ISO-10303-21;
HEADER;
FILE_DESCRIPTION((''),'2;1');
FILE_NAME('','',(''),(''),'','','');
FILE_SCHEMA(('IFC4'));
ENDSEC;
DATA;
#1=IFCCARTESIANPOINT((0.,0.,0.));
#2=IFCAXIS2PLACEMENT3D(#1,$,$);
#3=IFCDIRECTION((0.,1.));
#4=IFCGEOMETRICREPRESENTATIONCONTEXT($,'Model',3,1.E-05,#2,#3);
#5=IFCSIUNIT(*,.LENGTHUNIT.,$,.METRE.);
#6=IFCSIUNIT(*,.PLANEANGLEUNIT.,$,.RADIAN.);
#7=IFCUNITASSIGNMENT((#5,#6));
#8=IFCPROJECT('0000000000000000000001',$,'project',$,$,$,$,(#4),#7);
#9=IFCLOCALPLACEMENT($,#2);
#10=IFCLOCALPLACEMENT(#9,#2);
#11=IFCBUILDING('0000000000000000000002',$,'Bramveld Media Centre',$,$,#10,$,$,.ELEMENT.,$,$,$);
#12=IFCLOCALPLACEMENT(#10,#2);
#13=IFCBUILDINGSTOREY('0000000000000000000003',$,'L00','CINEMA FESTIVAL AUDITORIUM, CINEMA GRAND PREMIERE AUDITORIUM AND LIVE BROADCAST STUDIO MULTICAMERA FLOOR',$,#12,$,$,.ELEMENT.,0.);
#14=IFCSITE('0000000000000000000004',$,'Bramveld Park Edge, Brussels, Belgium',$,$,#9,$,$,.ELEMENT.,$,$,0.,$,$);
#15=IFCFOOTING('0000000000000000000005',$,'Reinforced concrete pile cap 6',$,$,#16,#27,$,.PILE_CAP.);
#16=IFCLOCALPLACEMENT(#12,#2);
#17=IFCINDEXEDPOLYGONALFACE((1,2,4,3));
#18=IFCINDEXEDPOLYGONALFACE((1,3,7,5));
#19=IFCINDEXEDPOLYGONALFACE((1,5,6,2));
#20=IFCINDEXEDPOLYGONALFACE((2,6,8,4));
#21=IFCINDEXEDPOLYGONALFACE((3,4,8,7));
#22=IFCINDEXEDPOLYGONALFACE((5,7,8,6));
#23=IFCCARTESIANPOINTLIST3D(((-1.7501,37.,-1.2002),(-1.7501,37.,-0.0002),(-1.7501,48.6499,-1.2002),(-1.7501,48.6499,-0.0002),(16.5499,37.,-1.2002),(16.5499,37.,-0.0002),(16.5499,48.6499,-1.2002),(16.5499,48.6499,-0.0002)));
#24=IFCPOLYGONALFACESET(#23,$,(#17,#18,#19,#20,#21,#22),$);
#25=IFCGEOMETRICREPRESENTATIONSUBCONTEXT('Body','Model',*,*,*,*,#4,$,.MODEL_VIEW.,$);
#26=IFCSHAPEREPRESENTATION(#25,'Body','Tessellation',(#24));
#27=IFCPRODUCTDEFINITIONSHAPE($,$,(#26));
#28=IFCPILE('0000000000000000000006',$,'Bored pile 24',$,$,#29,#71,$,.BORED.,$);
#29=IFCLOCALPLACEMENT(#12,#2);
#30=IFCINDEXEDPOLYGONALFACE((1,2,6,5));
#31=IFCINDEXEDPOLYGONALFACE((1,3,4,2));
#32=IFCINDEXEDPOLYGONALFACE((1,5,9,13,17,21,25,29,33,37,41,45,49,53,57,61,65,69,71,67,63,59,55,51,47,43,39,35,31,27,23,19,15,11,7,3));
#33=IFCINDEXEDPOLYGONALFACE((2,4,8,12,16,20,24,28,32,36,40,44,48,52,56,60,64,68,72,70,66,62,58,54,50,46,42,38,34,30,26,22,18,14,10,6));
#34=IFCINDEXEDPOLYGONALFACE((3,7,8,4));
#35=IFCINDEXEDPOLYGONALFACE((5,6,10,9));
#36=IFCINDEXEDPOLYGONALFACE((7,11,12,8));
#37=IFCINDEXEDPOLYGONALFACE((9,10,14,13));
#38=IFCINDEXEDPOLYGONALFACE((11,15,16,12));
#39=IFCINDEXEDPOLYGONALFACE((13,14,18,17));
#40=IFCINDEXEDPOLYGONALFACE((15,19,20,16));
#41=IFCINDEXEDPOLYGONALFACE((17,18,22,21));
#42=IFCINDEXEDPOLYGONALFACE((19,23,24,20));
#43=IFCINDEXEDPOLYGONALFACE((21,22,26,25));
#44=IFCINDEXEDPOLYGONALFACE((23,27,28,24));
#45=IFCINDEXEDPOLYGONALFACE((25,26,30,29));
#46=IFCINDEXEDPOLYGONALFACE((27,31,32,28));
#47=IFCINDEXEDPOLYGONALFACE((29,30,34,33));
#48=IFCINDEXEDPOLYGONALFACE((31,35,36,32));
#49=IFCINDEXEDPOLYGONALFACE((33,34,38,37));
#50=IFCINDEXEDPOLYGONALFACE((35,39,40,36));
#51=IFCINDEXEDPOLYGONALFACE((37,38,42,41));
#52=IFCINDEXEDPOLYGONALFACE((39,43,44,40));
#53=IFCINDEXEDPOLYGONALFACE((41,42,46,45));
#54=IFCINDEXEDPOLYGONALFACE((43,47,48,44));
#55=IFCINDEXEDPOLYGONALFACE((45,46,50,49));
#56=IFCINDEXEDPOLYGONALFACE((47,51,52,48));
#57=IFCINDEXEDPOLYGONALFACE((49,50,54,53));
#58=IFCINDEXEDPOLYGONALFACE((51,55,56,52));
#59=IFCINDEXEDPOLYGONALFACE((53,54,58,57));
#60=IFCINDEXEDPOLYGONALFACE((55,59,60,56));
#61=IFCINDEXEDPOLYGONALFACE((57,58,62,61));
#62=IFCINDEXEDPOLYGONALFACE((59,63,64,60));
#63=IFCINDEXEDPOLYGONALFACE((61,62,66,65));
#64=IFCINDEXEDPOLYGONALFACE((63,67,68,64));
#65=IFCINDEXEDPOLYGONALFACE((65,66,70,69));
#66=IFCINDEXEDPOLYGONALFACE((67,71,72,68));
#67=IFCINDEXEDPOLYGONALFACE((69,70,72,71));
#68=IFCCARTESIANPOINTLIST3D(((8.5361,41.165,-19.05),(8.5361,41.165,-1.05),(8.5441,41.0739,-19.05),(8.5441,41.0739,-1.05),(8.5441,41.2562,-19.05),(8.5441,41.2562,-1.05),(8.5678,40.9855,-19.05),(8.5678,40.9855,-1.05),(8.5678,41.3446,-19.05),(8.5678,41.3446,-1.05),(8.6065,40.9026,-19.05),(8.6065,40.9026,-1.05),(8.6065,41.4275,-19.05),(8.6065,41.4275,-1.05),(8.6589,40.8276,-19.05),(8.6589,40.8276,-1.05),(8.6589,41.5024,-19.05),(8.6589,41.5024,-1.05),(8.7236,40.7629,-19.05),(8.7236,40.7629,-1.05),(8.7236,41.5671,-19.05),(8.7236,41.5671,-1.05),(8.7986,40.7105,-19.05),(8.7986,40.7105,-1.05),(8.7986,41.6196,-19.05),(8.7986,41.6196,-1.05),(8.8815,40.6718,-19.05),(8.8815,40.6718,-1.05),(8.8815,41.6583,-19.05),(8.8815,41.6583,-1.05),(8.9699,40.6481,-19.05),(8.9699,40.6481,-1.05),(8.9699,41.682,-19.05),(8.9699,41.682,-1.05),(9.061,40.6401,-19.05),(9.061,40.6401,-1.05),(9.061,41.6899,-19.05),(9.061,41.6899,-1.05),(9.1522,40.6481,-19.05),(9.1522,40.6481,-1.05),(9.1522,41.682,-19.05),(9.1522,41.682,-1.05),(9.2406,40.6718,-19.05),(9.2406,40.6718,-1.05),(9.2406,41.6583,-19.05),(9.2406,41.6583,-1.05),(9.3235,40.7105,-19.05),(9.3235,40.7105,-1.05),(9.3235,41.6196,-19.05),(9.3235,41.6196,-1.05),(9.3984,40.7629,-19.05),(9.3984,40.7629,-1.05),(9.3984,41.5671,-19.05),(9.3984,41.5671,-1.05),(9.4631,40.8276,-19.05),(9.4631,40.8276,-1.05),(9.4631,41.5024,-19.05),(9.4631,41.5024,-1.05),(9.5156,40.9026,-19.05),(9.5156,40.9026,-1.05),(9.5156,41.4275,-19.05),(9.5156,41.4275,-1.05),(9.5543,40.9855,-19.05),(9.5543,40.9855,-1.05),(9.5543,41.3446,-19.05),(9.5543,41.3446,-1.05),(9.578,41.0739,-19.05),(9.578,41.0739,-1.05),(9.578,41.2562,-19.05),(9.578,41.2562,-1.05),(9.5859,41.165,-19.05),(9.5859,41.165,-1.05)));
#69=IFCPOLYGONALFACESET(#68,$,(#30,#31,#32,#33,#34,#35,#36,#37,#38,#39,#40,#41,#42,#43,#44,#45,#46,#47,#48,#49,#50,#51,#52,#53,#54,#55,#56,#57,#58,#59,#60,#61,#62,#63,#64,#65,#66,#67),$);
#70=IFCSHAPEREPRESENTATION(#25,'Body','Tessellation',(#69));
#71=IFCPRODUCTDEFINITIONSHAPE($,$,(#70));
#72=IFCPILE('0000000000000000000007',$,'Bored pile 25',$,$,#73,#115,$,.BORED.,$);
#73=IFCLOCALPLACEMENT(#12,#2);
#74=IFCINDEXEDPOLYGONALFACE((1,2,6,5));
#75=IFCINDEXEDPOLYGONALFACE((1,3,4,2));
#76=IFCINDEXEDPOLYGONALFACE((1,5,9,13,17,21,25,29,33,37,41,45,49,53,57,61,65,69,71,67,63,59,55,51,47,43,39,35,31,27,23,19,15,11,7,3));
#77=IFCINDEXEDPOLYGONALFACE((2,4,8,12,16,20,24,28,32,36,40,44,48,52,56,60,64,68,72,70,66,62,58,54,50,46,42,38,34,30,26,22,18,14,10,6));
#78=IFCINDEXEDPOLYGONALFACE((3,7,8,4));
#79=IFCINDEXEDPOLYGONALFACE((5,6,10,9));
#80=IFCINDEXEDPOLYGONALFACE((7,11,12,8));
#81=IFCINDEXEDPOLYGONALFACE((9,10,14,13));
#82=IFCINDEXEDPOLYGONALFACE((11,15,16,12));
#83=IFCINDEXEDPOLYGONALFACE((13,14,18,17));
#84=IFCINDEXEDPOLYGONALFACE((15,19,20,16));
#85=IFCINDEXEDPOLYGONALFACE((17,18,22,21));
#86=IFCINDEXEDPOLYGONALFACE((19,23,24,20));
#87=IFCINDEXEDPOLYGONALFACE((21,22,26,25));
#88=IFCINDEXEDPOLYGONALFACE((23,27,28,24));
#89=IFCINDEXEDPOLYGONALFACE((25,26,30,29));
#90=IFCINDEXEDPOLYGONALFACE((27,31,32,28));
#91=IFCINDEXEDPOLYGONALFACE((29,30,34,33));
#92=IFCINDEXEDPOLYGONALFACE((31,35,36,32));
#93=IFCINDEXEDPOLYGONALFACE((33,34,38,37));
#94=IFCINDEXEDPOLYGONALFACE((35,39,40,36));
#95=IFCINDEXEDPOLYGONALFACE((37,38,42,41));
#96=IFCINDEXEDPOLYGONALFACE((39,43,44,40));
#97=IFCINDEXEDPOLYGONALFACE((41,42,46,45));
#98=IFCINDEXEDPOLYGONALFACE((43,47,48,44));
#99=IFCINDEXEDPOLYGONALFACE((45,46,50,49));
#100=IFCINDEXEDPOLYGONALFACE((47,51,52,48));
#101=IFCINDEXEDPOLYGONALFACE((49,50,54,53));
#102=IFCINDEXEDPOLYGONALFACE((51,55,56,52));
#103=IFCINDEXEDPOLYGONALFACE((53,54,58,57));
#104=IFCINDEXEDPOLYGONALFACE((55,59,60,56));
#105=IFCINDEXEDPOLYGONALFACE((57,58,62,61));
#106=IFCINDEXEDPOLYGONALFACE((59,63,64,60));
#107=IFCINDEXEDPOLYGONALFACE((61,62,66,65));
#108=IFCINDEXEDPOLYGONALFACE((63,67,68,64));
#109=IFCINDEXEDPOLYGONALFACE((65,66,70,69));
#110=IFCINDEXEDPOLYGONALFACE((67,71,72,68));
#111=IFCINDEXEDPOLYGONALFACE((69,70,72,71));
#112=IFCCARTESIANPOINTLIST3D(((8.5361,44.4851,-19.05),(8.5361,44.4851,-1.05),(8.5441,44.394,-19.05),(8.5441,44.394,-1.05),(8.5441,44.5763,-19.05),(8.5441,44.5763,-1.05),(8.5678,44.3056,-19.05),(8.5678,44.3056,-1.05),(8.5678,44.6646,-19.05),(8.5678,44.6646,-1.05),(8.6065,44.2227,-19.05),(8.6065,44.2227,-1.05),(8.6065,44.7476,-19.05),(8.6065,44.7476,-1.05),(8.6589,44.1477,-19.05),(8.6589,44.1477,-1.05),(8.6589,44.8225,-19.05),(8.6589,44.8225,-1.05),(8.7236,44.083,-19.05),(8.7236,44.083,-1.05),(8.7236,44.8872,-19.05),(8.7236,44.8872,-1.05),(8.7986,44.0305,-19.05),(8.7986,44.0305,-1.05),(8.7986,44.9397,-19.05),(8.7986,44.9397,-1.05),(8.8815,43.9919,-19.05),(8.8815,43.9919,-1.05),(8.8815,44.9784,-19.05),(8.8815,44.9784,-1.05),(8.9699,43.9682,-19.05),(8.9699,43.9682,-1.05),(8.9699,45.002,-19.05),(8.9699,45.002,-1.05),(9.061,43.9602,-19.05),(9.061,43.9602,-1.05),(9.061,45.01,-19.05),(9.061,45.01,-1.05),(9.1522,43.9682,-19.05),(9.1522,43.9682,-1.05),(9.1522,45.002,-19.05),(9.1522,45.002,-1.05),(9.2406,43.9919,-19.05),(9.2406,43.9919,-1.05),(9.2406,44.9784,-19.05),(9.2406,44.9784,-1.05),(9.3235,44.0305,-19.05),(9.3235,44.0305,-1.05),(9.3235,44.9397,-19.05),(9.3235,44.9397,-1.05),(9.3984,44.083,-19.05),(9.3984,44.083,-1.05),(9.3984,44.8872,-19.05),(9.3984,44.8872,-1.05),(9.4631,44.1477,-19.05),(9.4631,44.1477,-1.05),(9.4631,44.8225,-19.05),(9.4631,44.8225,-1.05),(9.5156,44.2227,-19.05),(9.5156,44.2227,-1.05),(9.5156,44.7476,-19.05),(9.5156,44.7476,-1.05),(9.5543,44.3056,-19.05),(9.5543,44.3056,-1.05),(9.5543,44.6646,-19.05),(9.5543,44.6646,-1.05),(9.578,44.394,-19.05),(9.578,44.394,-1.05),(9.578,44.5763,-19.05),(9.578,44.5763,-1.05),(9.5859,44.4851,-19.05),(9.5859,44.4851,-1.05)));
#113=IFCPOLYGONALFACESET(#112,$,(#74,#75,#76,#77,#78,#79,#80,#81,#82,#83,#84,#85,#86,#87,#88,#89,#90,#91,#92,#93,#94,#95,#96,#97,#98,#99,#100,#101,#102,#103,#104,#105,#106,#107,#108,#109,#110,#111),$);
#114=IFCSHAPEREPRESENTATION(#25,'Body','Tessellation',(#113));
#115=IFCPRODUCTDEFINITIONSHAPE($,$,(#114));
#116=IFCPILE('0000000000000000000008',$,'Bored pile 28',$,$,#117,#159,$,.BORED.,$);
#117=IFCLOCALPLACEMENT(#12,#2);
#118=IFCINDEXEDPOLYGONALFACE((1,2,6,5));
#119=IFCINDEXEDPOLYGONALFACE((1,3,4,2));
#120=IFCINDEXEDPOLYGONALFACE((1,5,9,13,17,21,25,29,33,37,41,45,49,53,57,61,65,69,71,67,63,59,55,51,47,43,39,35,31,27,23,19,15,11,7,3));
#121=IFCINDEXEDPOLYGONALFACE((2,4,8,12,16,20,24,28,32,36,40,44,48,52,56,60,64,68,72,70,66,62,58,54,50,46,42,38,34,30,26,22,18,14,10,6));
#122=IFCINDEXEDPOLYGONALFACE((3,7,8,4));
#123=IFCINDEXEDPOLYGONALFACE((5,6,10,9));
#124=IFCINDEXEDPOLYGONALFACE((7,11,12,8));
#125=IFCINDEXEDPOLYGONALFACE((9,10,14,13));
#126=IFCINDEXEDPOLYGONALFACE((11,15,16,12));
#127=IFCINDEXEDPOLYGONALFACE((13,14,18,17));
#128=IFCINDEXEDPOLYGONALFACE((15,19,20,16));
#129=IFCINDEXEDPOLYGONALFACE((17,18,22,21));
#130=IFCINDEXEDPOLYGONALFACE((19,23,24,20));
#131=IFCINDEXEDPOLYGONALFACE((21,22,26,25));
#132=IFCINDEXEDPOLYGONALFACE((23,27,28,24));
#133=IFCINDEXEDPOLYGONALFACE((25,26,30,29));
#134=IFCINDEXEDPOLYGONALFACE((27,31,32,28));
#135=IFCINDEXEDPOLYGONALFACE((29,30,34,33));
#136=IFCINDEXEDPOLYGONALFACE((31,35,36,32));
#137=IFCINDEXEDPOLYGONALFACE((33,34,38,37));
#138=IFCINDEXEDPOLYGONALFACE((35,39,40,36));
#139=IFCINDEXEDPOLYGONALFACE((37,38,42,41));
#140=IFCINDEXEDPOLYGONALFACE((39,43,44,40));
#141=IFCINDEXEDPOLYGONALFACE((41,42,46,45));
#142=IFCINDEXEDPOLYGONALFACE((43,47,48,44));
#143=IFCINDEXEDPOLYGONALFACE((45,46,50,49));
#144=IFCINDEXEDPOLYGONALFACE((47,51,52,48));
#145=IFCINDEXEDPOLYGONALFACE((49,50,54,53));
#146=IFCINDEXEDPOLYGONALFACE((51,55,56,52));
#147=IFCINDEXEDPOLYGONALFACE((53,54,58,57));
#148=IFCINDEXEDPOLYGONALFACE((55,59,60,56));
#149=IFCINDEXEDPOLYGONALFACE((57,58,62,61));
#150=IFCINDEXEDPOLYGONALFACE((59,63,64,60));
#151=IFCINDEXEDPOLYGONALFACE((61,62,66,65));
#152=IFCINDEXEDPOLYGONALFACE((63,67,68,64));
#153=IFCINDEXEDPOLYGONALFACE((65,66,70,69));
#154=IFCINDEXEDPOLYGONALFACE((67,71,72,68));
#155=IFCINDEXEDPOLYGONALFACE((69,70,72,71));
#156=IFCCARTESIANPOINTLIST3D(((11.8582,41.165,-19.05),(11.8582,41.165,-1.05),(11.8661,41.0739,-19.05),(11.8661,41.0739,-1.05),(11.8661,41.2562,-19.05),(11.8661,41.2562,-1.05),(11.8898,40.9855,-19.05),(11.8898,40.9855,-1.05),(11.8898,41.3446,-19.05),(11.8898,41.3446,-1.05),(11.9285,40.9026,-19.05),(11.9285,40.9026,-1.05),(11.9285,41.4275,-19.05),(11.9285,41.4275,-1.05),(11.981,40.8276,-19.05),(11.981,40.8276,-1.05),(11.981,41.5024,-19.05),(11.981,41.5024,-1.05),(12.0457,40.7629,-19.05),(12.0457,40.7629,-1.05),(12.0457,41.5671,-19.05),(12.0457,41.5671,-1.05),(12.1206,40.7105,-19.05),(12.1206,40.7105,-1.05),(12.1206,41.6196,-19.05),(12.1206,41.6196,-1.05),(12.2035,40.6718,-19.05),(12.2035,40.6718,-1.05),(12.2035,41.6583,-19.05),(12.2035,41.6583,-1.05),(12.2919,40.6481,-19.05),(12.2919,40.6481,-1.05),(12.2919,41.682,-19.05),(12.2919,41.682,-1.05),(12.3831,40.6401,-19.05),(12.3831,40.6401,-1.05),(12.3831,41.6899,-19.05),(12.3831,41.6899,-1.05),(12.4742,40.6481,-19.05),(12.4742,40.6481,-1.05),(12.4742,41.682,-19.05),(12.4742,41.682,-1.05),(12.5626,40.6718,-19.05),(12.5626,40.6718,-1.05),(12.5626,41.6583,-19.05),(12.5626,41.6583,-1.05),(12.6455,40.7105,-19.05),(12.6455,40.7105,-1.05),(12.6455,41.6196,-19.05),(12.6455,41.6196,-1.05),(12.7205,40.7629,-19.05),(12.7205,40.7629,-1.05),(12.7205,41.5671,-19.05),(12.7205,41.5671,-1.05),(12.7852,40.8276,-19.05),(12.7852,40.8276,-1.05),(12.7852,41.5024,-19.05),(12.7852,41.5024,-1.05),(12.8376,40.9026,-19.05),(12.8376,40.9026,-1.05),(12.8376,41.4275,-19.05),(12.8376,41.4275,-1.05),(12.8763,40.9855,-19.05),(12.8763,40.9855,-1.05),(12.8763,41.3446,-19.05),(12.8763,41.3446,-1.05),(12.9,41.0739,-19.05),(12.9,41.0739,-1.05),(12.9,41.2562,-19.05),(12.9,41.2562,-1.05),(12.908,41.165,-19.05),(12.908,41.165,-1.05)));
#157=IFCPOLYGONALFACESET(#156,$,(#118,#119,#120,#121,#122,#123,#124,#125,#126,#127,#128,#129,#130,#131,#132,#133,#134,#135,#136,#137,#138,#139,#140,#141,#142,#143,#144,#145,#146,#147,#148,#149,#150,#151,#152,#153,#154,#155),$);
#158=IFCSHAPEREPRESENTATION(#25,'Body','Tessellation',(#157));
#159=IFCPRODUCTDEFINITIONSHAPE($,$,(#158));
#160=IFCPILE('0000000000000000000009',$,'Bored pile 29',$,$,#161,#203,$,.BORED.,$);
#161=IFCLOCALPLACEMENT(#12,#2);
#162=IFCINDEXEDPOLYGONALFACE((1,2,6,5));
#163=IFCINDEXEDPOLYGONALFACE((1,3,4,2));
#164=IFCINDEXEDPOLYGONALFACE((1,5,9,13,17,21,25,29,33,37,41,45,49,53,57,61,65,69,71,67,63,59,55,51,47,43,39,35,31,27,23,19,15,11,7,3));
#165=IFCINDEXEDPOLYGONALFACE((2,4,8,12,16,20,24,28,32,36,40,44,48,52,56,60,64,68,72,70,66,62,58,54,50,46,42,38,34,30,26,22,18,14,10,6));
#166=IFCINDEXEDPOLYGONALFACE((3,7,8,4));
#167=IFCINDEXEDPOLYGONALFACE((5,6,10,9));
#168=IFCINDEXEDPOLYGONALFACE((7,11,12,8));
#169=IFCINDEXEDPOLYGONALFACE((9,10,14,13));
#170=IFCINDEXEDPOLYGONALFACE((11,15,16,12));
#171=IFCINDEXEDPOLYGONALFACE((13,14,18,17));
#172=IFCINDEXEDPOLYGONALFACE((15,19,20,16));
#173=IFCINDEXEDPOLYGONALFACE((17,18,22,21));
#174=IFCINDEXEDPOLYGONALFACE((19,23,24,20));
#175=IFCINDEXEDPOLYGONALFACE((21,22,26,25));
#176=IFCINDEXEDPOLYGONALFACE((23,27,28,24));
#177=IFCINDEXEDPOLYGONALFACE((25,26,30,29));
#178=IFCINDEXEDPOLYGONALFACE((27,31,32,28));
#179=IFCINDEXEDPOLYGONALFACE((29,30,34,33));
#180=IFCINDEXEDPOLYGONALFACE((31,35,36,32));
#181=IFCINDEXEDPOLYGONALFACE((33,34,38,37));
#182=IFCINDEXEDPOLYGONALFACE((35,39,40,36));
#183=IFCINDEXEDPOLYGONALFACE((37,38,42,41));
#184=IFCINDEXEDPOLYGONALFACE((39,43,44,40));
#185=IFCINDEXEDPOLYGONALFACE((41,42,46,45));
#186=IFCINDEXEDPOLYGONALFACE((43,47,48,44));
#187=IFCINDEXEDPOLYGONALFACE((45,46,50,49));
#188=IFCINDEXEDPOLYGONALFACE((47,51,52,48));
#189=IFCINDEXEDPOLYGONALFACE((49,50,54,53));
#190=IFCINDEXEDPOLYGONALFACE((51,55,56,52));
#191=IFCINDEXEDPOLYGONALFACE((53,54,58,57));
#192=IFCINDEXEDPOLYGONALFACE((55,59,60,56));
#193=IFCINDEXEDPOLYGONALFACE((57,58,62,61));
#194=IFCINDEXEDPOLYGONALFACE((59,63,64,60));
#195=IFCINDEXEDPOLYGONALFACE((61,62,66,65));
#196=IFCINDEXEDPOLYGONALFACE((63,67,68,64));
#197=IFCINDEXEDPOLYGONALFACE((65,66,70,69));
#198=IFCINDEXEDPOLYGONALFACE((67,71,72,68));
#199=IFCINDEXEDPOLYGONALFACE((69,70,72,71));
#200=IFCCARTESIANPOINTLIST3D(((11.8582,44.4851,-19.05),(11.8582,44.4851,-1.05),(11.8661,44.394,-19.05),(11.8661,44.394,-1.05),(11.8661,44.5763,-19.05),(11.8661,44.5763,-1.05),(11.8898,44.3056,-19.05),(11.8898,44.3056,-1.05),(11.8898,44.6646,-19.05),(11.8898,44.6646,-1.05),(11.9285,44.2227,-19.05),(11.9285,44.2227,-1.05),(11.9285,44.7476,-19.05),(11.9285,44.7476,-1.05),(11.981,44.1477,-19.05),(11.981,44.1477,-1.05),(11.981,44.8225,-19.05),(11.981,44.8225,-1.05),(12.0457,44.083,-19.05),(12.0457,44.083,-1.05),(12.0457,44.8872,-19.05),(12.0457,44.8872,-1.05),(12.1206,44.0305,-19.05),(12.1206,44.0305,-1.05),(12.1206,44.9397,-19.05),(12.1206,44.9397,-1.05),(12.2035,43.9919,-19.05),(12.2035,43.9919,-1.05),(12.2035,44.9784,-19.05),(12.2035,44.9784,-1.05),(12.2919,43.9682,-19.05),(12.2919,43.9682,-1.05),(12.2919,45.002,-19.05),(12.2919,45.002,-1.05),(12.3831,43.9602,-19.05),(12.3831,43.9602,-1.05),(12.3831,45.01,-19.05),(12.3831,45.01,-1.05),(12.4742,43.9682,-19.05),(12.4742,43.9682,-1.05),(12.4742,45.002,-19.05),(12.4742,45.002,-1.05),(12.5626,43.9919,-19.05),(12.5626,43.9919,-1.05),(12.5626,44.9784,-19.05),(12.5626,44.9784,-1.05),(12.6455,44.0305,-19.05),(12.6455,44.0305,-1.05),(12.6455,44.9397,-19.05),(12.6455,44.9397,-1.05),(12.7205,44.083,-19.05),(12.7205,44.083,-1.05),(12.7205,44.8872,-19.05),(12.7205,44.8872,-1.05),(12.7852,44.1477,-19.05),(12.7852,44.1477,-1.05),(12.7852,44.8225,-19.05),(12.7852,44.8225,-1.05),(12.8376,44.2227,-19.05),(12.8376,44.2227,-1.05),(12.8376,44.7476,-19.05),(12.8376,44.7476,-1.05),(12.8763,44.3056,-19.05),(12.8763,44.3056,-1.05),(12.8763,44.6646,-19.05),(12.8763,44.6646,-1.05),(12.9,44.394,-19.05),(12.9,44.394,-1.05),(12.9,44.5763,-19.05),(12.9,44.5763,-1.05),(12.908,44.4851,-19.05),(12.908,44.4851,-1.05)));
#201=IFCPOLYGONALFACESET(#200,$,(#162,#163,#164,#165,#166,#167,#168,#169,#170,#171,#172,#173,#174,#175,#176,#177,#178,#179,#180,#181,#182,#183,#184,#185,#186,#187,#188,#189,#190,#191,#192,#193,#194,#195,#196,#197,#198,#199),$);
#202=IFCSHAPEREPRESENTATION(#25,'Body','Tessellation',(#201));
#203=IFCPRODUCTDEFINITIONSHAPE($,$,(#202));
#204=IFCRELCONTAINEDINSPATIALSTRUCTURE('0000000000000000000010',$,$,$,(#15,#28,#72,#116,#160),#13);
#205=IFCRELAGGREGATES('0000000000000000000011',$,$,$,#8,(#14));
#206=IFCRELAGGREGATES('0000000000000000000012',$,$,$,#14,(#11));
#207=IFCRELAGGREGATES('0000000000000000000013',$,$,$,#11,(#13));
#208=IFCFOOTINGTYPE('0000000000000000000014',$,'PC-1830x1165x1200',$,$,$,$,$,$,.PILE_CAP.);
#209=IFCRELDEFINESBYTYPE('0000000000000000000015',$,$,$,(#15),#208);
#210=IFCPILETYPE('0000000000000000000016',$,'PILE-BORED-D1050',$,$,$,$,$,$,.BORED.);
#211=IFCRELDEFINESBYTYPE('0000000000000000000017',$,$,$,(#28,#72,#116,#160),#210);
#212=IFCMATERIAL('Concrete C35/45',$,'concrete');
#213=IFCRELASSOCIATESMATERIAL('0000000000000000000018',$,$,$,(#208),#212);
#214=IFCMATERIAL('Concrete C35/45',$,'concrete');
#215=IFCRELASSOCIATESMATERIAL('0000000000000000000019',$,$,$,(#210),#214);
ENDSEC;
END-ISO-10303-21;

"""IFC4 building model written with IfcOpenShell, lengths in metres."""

from ifc_helpers import new_model, si_unit, direction, frame, origin, origin_2d, place, context, subcontext, project, spatial, rectangle, circle, extrude, material, material_profile, profile_set, type_object, element, save


model = new_model("IFC4")

# Units and contexts
model_context = context("Model", 3, precision=1e-05, world=origin(), true_north=direction((0.0, 1.0)))
body_context = subcontext(model_context, "Body", "Model", "MODEL_VIEW")
ifc_project = project(units=[si_unit("LENGTHUNIT", "METRE"), si_unit("PLANEANGLEUNIT", "RADIAN")], contexts=[model_context])

# Site, building, storey
site_placement = place(None, origin())
site = spatial("IfcSite", under=ifc_project, at=site_placement, Name="Bramveld Park Edge, Brussels, Belgium", CompositionType="ELEMENT", RefElevation=0.0)
building_placement = place(site_placement, origin())
building = spatial("IfcBuilding", under=site, at=building_placement, Name="Bramveld Media Centre", CompositionType="ELEMENT")
storey_placement = place(building_placement, origin())
storey = spatial("IfcBuildingStorey", under=building, at=storey_placement, Name="L00", Description="CINEMA FESTIVAL AUDITORIUM, CINEMA GRAND PREMIERE AUDITORIUM AND LIVE BROADCAST STUDIO MULTICAMERA FLOOR", CompositionType="ELEMENT", Elevation=0.0)

# Footing
ifc_material_1 = material(Name="Concrete C35/45", Category="concrete")
footing_type = type_object("IfcFootingType", Name="PC-1830x1165x1200", PredefinedType="PILE_CAP", material=ifc_material_1)
footing_placement = place(storey_placement, frame((7.3999, 42.825, -1.2002), z_axis=(0.0, 0.0, 1.0), x_axis=(1.0, 0.0, 0.0)))
element("IfcFooting", 1, at=footing_placement, inside=storey, type_object=footing_type, Name="Reinforced concrete pile cap 6", PredefinedType="PILE_CAP", context=body_context, shape_type="SweptSolid", body=[
    extrude(rectangle(XDim=18.3, YDim=11.6499, at=origin_2d()), origin(), (0.0, 0.0, 1.0), 1.2),
])

# Piles
ifc_material_2 = material(Name="Concrete C35/45", Category="concrete")
ifc_material_profile_1 = material_profile(ifc_material_2, circle(Radius=0.5249, at=origin_2d()), Name="BORED D1050")
ifc_profile_set_1 = profile_set([ifc_material_profile_1], Name="Concrete C35/45")
pile_type = type_object("IfcPileType", Name="PILE-BORED-D1050", PredefinedType="BORED", material=ifc_profile_set_1)
for number, where, z_axis, x_axis, name in (
    (2, (9.061, 41.165, -1.05), (0.0, 0.0, -1.0), (1.0, 0.0, 0.0), "Bored pile 24"),
    (3, (9.061, 44.4851, -1.05), (0.0, 0.0, -1.0), (1.0, 0.0, 0.0), "Bored pile 25"),
    (4, (12.3831, 41.165, -1.05), (0.0, 0.0, -1.0), (1.0, 0.0, 0.0), "Bored pile 28"),
    (5, (12.3831, 44.4851, -1.05), (0.0, 0.0, -1.0), (1.0, 0.0, 0.0), "Bored pile 29"),
):
    element("IfcPile", number, at=place(storey_placement, frame(where, z_axis=z_axis, x_axis=x_axis)), inside=storey, type_object=pile_type, Name=name, PredefinedType="BORED", context=body_context, shape_type="SweptSolid", body=[
        extrude(circle(Radius=0.5249, at=origin_2d()), origin(), (0.0, 0.0, 1.0), 18.0),
    ])

save(model, "model.ifc")
